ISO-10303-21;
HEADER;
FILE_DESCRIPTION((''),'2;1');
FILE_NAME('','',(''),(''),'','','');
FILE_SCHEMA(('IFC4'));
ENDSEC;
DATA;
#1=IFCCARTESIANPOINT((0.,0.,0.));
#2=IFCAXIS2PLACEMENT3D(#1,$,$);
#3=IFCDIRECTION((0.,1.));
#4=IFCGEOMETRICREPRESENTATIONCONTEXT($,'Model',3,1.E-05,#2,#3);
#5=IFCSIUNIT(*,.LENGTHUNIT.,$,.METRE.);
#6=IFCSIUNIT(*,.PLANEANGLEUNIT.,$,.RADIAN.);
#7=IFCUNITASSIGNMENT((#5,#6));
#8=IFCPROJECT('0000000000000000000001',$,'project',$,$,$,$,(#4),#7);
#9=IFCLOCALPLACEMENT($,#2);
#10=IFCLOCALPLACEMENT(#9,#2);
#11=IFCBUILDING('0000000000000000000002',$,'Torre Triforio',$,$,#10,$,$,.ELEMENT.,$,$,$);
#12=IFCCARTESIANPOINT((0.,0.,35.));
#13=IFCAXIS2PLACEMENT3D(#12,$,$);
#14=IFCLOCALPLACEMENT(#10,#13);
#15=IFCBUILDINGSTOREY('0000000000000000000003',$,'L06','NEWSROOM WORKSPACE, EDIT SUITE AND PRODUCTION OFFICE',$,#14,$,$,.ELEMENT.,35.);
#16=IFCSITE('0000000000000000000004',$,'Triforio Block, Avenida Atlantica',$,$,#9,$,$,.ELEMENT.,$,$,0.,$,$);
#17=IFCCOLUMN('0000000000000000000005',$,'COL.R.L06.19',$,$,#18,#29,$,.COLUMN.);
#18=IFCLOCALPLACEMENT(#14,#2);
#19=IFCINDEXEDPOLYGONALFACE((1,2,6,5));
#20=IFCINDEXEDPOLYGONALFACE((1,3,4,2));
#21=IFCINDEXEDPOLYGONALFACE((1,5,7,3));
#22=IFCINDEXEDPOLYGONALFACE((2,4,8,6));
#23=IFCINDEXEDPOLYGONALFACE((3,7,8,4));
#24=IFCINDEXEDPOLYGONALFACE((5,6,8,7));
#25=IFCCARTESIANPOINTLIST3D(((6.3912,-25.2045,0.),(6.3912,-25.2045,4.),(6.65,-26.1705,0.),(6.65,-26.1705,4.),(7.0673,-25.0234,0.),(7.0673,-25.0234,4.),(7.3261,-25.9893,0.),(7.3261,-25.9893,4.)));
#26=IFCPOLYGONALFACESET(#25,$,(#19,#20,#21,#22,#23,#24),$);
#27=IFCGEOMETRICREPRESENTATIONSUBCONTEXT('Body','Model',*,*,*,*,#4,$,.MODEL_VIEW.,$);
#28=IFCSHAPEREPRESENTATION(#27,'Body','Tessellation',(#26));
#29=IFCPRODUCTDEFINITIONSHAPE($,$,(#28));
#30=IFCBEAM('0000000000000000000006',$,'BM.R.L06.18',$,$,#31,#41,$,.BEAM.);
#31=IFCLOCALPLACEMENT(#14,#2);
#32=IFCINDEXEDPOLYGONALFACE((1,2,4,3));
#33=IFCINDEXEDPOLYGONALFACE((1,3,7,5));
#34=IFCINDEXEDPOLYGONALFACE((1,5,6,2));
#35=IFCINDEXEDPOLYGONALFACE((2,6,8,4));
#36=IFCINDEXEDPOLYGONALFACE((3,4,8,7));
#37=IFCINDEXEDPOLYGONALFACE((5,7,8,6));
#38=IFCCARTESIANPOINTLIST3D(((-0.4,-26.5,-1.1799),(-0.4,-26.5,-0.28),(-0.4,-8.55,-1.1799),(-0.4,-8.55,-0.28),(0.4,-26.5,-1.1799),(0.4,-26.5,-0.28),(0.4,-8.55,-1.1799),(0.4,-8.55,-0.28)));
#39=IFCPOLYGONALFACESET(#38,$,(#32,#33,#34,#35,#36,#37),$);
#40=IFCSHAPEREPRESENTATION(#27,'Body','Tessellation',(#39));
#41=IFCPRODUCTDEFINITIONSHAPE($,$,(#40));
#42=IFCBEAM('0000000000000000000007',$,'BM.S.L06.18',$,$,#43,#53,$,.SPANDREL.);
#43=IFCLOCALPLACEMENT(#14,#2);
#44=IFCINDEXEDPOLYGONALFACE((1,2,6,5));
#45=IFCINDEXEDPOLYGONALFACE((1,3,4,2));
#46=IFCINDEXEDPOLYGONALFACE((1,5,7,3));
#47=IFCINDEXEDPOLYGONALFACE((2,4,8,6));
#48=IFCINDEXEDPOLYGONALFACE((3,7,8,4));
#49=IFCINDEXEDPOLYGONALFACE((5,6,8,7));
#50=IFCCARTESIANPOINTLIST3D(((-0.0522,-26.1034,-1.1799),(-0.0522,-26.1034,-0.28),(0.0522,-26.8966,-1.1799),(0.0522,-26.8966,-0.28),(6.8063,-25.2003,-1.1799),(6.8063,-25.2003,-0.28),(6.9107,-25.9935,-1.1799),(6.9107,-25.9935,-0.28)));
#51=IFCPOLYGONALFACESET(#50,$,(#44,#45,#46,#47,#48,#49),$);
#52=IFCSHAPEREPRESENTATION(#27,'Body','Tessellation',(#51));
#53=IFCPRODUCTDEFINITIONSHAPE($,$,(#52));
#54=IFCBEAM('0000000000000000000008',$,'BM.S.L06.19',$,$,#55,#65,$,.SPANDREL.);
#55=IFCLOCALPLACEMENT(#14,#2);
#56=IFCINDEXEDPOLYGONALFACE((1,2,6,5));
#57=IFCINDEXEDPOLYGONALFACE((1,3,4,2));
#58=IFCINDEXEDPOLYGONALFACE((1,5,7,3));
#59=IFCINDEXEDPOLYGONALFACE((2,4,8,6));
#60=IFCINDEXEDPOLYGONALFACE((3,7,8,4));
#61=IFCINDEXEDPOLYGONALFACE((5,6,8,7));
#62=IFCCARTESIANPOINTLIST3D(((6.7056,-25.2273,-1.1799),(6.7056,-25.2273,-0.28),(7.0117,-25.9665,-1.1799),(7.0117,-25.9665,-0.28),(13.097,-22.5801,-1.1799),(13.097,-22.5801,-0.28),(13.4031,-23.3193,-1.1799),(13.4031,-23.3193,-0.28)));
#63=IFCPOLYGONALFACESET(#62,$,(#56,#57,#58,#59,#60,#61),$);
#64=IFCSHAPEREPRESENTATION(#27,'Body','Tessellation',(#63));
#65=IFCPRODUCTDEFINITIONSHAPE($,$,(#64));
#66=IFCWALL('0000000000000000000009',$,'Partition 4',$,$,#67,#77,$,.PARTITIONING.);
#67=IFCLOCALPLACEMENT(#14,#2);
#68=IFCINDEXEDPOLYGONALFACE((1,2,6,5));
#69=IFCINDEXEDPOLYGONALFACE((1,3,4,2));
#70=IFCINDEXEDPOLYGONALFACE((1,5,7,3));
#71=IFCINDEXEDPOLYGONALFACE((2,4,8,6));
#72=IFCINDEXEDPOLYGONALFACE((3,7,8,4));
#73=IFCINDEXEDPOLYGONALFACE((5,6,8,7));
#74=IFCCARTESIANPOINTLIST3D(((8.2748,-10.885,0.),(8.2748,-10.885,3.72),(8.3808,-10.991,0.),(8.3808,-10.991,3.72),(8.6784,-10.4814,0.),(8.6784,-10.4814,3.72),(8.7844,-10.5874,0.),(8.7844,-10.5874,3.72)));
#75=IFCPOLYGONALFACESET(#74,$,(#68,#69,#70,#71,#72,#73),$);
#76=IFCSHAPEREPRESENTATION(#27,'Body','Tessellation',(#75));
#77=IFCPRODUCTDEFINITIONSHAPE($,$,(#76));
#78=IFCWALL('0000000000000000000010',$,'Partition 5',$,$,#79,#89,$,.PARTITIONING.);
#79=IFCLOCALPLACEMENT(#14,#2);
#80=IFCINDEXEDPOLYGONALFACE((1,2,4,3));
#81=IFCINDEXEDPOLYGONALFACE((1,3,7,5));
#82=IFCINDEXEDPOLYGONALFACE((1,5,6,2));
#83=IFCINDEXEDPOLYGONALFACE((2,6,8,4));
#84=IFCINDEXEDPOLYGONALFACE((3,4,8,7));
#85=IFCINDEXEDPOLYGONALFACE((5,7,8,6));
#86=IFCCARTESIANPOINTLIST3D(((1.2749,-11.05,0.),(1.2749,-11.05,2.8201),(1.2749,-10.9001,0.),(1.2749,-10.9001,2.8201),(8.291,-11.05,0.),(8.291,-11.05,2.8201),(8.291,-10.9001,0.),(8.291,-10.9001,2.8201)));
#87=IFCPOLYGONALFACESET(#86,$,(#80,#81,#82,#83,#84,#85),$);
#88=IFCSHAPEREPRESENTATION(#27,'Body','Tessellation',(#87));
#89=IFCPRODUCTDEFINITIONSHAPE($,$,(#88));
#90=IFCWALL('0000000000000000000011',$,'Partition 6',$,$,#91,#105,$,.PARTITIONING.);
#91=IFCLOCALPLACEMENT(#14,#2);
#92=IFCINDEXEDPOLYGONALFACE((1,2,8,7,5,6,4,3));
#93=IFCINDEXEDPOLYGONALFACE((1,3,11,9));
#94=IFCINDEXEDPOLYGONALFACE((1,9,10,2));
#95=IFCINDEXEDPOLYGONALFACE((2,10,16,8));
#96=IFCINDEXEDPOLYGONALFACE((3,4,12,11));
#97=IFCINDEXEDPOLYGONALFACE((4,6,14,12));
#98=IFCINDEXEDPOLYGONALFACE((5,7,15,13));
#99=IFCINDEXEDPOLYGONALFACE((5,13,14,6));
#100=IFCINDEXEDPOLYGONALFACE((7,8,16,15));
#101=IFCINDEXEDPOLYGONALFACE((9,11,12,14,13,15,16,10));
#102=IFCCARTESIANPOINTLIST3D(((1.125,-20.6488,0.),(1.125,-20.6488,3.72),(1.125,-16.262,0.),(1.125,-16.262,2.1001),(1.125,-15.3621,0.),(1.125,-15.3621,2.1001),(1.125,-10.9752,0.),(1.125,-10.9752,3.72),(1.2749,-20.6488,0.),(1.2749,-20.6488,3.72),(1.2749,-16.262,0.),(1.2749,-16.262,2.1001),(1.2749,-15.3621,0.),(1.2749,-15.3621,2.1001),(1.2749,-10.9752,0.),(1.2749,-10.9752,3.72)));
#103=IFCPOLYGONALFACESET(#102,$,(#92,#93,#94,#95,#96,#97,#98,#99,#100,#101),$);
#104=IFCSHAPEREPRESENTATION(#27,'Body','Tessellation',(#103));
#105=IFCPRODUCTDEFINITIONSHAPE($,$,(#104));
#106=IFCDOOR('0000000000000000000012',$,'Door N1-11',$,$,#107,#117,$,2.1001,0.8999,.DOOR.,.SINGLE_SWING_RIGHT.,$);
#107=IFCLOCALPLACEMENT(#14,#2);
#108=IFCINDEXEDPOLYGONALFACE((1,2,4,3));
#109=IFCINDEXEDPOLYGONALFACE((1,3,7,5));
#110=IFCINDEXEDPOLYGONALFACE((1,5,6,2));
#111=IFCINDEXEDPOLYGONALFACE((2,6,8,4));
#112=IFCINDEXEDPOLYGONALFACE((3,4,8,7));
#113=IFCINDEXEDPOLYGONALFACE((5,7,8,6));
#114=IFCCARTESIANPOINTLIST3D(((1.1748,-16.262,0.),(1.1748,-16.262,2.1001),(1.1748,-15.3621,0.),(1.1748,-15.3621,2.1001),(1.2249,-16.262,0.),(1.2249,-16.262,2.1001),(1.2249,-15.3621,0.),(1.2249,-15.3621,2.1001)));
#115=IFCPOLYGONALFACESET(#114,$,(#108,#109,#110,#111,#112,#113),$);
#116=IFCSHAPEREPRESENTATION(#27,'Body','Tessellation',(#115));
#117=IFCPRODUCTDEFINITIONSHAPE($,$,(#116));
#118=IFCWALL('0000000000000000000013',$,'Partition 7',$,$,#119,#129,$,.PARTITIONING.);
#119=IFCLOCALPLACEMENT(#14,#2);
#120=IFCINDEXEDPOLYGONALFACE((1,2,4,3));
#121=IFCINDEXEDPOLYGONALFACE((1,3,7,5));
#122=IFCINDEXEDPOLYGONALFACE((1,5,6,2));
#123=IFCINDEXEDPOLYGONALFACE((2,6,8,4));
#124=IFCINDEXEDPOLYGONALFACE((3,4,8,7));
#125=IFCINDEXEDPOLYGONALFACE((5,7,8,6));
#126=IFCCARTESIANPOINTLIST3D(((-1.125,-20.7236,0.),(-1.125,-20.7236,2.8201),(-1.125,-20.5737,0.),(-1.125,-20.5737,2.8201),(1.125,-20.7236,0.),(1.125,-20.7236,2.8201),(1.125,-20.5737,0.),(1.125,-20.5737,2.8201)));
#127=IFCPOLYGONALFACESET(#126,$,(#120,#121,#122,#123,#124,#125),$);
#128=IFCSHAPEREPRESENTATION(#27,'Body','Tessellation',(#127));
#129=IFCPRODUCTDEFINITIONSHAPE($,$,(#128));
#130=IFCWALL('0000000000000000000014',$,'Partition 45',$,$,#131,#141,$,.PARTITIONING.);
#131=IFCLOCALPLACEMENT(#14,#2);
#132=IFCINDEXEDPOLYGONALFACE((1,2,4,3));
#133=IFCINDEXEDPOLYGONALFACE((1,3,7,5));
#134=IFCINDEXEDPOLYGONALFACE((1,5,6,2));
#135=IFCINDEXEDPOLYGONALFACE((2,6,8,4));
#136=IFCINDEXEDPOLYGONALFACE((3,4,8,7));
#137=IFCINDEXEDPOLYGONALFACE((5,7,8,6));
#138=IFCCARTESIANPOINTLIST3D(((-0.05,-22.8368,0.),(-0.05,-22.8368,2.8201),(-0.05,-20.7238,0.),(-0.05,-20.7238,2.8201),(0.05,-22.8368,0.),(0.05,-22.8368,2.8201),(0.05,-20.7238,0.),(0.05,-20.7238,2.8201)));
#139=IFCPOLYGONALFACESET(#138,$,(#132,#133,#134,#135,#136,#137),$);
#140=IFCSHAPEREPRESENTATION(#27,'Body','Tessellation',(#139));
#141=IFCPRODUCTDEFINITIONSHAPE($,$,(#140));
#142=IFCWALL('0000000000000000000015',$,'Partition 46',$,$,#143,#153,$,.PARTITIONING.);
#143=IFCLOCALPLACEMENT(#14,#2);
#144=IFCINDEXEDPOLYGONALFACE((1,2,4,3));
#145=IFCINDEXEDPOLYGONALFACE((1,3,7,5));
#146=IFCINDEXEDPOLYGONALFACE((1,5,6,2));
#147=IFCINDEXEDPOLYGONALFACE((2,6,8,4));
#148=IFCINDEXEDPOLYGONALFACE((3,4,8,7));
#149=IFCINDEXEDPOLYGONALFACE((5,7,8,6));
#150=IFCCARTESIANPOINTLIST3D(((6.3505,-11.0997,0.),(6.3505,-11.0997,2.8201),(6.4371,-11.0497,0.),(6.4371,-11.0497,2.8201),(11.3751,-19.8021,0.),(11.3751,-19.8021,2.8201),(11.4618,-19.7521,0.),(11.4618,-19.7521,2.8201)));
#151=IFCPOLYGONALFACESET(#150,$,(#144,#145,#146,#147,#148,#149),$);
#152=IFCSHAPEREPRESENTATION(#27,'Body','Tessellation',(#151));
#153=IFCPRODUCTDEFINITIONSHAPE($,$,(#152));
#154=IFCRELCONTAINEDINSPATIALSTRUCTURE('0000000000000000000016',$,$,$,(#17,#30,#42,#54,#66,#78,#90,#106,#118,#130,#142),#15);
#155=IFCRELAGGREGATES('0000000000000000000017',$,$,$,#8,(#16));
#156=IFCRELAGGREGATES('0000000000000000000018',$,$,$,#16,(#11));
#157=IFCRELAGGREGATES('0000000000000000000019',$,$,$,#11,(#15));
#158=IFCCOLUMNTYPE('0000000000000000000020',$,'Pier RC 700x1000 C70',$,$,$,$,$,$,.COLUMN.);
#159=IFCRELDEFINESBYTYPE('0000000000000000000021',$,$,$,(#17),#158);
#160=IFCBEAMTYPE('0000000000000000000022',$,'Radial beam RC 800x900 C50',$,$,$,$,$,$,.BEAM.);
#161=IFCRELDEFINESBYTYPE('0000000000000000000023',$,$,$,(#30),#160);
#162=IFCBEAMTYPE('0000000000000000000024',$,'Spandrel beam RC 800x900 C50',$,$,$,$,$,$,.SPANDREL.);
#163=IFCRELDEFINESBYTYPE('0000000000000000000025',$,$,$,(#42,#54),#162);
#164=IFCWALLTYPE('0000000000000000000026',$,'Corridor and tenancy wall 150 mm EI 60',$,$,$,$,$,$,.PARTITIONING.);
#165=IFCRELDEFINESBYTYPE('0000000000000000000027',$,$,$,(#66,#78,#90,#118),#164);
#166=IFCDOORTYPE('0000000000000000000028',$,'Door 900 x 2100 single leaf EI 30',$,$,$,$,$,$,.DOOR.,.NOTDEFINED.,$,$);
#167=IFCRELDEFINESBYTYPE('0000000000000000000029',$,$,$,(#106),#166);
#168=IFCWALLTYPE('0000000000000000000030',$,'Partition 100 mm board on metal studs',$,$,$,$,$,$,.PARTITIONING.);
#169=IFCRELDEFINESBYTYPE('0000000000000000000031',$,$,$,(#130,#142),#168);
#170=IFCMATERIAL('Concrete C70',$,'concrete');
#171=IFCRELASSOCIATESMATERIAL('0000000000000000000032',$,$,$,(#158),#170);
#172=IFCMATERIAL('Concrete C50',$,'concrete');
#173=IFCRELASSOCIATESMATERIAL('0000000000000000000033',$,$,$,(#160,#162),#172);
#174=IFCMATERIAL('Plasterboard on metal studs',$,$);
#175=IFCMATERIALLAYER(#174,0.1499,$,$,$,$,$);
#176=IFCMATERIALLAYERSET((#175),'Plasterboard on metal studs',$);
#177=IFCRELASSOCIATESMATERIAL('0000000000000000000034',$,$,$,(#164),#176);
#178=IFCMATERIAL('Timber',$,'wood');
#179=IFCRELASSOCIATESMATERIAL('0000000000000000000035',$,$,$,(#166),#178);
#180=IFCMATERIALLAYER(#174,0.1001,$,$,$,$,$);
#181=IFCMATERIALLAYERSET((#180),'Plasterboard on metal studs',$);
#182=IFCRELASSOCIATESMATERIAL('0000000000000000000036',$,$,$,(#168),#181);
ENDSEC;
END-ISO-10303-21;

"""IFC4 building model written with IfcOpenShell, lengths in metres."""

from ifc_helpers import new_model, si_unit, direction, frame, frame_2d, origin, origin_2d, place, context, subcontext, project, spatial, rectangle, extrude, material, layer, layer_set, material_profile, profile_set, type_object, element, fill, save


model = new_model("IFC4")

# Units and contexts
model_context = context("Model", 3, precision=1e-05, world=origin(), true_north=direction((0.0, 1.0)))
body_context = subcontext(model_context, "Body", "Model", "MODEL_VIEW")
ifc_project = project(units=[si_unit("LENGTHUNIT", "METRE"), si_unit("PLANEANGLEUNIT", "RADIAN")], contexts=[model_context])

# Site, building, storey
site_placement = place(None, origin())
site = spatial("IfcSite", under=ifc_project, at=site_placement, Name="Triforio Block, Avenida Atlantica", CompositionType="ELEMENT", RefElevation=0.0)
building_placement = place(site_placement, origin())
building = spatial("IfcBuilding", under=site, at=building_placement, Name="Torre Triforio", CompositionType="ELEMENT")
storey_placement = place(building_placement, frame((0.0, 0.0, 35.0)))
storey = spatial("IfcBuildingStorey", under=building, at=storey_placement, Name="L06", Description="NEWSROOM WORKSPACE, EDIT SUITE AND PRODUCTION OFFICE", CompositionType="ELEMENT", Elevation=35.0)

# Column
ifc_material_1 = material(Name="Concrete C70", Category="concrete")
ifc_material_profile_1 = material_profile(ifc_material_1, rectangle(XDim=0.7, YDim=1.0, at=origin_2d()), Name="RC 700x1000")
ifc_profile_set_1 = profile_set([ifc_material_profile_1], Name="Concrete C70")
column_type = type_object("IfcColumnType", Name="Pier RC 700x1000 C70", PredefinedType="COLUMN", material=ifc_profile_set_1)
column_placement = place(storey_placement, frame((6.8586, -25.5969, 0.0), z_axis=(0.0, 0.0, 1.0), x_axis=(0.965926, 0.258819, 0.0)))
element("IfcColumn", 1, at=column_placement, inside=storey, type_object=column_type, Name="COL.R.L06.19", PredefinedType="COLUMN", context=body_context, shape_type="SweptSolid", body=[
    extrude(rectangle(XDim=0.7, YDim=1.0, at=origin_2d()), origin(), (0.0, 0.0, 1.0), 4.0),
])

# Beams
ifc_material_2 = material(Name="Concrete C50", Category="concrete")
ifc_material_profile_2 = material_profile(ifc_material_2, rectangle(XDim=0.8, YDim=0.8999, at=origin_2d()), Name="RC 800x900")
ifc_profile_set_2 = profile_set([ifc_material_profile_2], Name="Concrete C50")
beam_type_1 = type_object("IfcBeamType", Name="Radial beam RC 800x900 C50", PredefinedType="BEAM", material=ifc_profile_set_2)
beam_1_placement = place(storey_placement, frame((0.0, -8.55, -0.73), z_axis=(0.0, -1.0, 0.0), x_axis=(1.0, 0.0, 0.0)))
element("IfcBeam", 2, at=beam_1_placement, inside=storey, type_object=beam_type_1, Name="BM.R.L06.18", PredefinedType="BEAM", context=body_context, shape_type="SweptSolid", body=[
    extrude(rectangle(XDim=0.8, YDim=0.8999, at=origin_2d()), origin(), (0.0, 0.0, 1.0), 17.95),
])
ifc_material_profile_3 = material_profile(ifc_material_2, rectangle(XDim=0.8, YDim=0.8999, at=origin_2d()), Name="RC 800x900")
ifc_profile_set_3 = profile_set([ifc_material_profile_3], Name="Concrete C50")
beam_type_2 = type_object("IfcBeamType", Name="Spandrel beam RC 800x900 C50", PredefinedType="SPANDREL", material=ifc_profile_set_3)
beam_2_placement = place(storey_placement, frame((0.0, -26.5, -0.73), z_axis=(0.991443, 0.130543, 0.0), x_axis=(-0.130543, 0.991443, 0.0)))
element("IfcBeam", 3, at=beam_2_placement, inside=storey, type_object=beam_type_2, Name="BM.S.L06.18", PredefinedType="SPANDREL", context=body_context, shape_type="SweptSolid", body=[
    extrude(rectangle(XDim=0.8, YDim=0.8999, at=origin_2d()), origin(), (0.0, 0.0, 1.0), 6.9177),
])
beam_3_placement = place(storey_placement, frame((6.8586, -25.5969, -0.73), z_axis=(0.923888, 0.382662, 0.0), x_axis=(-0.382662, 0.923888, 0.0)))
element("IfcBeam", 4, at=beam_3_placement, inside=storey, type_object=beam_type_2, Name="BM.S.L06.19", PredefinedType="SPANDREL", context=body_context, shape_type="SweptSolid", body=[
    extrude(rectangle(XDim=0.8, YDim=0.8999, at=origin_2d()), origin(), (0.0, 0.0, 1.0), 6.918),
])

# Walls
ifc_material_3 = material(Name="Plasterboard on metal studs")
ifc_layer_1 = layer(ifc_material_3, 0.1499)
ifc_layer_set_1 = layer_set([ifc_layer_1], Name="Plasterboard on metal studs")
wall_type_1 = type_object("IfcWallType", Name="Corridor and tenancy wall 150 mm EI 60", PredefinedType="PARTITIONING", material=ifc_layer_set_1)
wall_1_placement = place(storey_placement, frame((8.7314, -10.5344, 0.0), z_axis=(0.0, 0.0, 1.0), x_axis=(-0.707107, -0.707107, 0.0)))
element("IfcWall", 5, at=wall_1_placement, inside=storey, type_object=wall_type_1, Name="Partition 4", PredefinedType="PARTITIONING", context=body_context, shape_type="SweptSolid", body=[
    extrude(rectangle(XDim=0.5708, YDim=0.1499, at=frame_2d((0.2854, 0.0))), origin(), (0.0, 0.0, 1.0), 3.72),
])
wall_2_placement = place(storey_placement, frame((8.291, -10.9751, 0.0), z_axis=(0.0, 0.0, 1.0), x_axis=(-1.0, 0.0, 0.0)))
element("IfcWall", 6, at=wall_2_placement, inside=storey, type_object=wall_type_1, Name="Partition 5", PredefinedType="PARTITIONING", context=body_context, shape_type="SweptSolid", body=[
    extrude(rectangle(XDim=7.0161, YDim=0.1499, at=frame_2d((3.5081, 0.0))), origin(), (0.0, 0.0, 1.0), 2.8201),
])

# Wall, opening, door
wall_3_placement = place(storey_placement, frame((1.2, -10.9751, 0.0), z_axis=(0.0, 0.0, 1.0), x_axis=(0.0, -1.0, 0.0)))
wall_3 = element("IfcWall", 7, at=wall_3_placement, inside=storey, type_object=wall_type_1, Name="Partition 6", PredefinedType="PARTITIONING", context=body_context, shape_type="SweptSolid", body=[
    extrude(rectangle(XDim=9.6736, YDim=0.1499, at=frame_2d((4.8369, 0.0))), origin(), (0.0, 0.0, 1.0), 3.72),
])
opening_1_placement = place(wall_3_placement, frame((4.387, 0.0, 0.0)))
opening_1 = element("IfcOpeningElement", 8, at=opening_1_placement, cuts=wall_3, PredefinedType="OPENING", context=body_context, shape_type="SweptSolid", body=[
    extrude(rectangle(XDim=0.8999, YDim=2.1001, at=frame_2d((0.45, 1.05))), frame((0.0, 0.085, 0.0), z_axis=(0.0, -1.0, 0.0), x_axis=(1.0, 0.0, 0.0)), (0.0, 0.0, 1.0), 0.1699),
])
ifc_material_4 = material(Name="Timber", Category="wood")
door_type_1 = type_object("IfcDoorType", Name="Door 900 x 2100 single leaf EI 30", OperationType="NOTDEFINED", PredefinedType="DOOR", material=ifc_material_4)
door_1_placement = place(opening_1_placement, origin())
door_1 = element("IfcDoor", 9, at=door_1_placement, inside=storey, type_object=door_type_1, Name="Door N1-11", OperationType="SINGLE_SWING_RIGHT", OverallHeight=2.1001, OverallWidth=0.8999, PredefinedType="DOOR", context=body_context, shape_type="SweptSolid", body=[
    extrude(rectangle(XDim=0.8999, YDim=2.1001, at=frame_2d((0.45, 1.05))), frame((0.0, 0.0249, 0.0), z_axis=(0.0, -1.0, 0.0), x_axis=(1.0, 0.0, 0.0)), (0.0, 0.0, 1.0), 0.05),
])
fill(opening_1, door_1)

# Walls
wall_4_placement = place(storey_placement, frame((1.125, -20.6487, 0.0), z_axis=(0.0, 0.0, 1.0), x_axis=(-1.0, 0.0, 0.0)))
element("IfcWall", 10, at=wall_4_placement, inside=storey, type_object=wall_type_1, Name="Partition 7", PredefinedType="PARTITIONING", context=body_context, shape_type="SweptSolid", body=[
    extrude(rectangle(XDim=2.25, YDim=0.1499, at=frame_2d((1.125, 0.0))), origin(), (0.0, 0.0, 1.0), 2.8201),
])
ifc_layer_2 = layer(ifc_material_3, 0.1001)
ifc_layer_set_2 = layer_set([ifc_layer_2], Name="Plasterboard on metal studs")
wall_type_2 = type_object("IfcWallType", Name="Partition 100 mm board on metal studs", PredefinedType="PARTITIONING", material=ifc_layer_set_2)
wall_5_placement = place(storey_placement, frame((0.0, -20.7236, 0.0), z_axis=(0.0, 0.0, 1.0), x_axis=(0.0, -1.0, 0.0)))
element("IfcWall", 11, at=wall_5_placement, inside=storey, type_object=wall_type_2, Name="Partition 45", PredefinedType="PARTITIONING", context=body_context, shape_type="SweptSolid", body=[
    extrude(rectangle(XDim=2.113, YDim=0.1001, at=frame_2d((1.0566, 0.0))), origin(), (0.0, 0.0, 1.0), 2.8201),
])
wall_6_placement = place(storey_placement, frame((6.3938, -11.0747, 0.0), z_axis=(0.0, 0.0, 1.0), x_axis=(0.500025, -0.866011, 0.0)))
element("IfcWall", 12, at=wall_6_placement, inside=storey, type_object=wall_type_2, Name="Partition 46", PredefinedType="PARTITIONING", context=body_context, shape_type="SweptSolid", body=[
    extrude(rectangle(XDim=10.0488, YDim=0.1001, at=frame_2d((5.0244, 0.0))), origin(), (0.0, 0.0, 1.0), 2.8201),
])

save(model, "model.ifc")
